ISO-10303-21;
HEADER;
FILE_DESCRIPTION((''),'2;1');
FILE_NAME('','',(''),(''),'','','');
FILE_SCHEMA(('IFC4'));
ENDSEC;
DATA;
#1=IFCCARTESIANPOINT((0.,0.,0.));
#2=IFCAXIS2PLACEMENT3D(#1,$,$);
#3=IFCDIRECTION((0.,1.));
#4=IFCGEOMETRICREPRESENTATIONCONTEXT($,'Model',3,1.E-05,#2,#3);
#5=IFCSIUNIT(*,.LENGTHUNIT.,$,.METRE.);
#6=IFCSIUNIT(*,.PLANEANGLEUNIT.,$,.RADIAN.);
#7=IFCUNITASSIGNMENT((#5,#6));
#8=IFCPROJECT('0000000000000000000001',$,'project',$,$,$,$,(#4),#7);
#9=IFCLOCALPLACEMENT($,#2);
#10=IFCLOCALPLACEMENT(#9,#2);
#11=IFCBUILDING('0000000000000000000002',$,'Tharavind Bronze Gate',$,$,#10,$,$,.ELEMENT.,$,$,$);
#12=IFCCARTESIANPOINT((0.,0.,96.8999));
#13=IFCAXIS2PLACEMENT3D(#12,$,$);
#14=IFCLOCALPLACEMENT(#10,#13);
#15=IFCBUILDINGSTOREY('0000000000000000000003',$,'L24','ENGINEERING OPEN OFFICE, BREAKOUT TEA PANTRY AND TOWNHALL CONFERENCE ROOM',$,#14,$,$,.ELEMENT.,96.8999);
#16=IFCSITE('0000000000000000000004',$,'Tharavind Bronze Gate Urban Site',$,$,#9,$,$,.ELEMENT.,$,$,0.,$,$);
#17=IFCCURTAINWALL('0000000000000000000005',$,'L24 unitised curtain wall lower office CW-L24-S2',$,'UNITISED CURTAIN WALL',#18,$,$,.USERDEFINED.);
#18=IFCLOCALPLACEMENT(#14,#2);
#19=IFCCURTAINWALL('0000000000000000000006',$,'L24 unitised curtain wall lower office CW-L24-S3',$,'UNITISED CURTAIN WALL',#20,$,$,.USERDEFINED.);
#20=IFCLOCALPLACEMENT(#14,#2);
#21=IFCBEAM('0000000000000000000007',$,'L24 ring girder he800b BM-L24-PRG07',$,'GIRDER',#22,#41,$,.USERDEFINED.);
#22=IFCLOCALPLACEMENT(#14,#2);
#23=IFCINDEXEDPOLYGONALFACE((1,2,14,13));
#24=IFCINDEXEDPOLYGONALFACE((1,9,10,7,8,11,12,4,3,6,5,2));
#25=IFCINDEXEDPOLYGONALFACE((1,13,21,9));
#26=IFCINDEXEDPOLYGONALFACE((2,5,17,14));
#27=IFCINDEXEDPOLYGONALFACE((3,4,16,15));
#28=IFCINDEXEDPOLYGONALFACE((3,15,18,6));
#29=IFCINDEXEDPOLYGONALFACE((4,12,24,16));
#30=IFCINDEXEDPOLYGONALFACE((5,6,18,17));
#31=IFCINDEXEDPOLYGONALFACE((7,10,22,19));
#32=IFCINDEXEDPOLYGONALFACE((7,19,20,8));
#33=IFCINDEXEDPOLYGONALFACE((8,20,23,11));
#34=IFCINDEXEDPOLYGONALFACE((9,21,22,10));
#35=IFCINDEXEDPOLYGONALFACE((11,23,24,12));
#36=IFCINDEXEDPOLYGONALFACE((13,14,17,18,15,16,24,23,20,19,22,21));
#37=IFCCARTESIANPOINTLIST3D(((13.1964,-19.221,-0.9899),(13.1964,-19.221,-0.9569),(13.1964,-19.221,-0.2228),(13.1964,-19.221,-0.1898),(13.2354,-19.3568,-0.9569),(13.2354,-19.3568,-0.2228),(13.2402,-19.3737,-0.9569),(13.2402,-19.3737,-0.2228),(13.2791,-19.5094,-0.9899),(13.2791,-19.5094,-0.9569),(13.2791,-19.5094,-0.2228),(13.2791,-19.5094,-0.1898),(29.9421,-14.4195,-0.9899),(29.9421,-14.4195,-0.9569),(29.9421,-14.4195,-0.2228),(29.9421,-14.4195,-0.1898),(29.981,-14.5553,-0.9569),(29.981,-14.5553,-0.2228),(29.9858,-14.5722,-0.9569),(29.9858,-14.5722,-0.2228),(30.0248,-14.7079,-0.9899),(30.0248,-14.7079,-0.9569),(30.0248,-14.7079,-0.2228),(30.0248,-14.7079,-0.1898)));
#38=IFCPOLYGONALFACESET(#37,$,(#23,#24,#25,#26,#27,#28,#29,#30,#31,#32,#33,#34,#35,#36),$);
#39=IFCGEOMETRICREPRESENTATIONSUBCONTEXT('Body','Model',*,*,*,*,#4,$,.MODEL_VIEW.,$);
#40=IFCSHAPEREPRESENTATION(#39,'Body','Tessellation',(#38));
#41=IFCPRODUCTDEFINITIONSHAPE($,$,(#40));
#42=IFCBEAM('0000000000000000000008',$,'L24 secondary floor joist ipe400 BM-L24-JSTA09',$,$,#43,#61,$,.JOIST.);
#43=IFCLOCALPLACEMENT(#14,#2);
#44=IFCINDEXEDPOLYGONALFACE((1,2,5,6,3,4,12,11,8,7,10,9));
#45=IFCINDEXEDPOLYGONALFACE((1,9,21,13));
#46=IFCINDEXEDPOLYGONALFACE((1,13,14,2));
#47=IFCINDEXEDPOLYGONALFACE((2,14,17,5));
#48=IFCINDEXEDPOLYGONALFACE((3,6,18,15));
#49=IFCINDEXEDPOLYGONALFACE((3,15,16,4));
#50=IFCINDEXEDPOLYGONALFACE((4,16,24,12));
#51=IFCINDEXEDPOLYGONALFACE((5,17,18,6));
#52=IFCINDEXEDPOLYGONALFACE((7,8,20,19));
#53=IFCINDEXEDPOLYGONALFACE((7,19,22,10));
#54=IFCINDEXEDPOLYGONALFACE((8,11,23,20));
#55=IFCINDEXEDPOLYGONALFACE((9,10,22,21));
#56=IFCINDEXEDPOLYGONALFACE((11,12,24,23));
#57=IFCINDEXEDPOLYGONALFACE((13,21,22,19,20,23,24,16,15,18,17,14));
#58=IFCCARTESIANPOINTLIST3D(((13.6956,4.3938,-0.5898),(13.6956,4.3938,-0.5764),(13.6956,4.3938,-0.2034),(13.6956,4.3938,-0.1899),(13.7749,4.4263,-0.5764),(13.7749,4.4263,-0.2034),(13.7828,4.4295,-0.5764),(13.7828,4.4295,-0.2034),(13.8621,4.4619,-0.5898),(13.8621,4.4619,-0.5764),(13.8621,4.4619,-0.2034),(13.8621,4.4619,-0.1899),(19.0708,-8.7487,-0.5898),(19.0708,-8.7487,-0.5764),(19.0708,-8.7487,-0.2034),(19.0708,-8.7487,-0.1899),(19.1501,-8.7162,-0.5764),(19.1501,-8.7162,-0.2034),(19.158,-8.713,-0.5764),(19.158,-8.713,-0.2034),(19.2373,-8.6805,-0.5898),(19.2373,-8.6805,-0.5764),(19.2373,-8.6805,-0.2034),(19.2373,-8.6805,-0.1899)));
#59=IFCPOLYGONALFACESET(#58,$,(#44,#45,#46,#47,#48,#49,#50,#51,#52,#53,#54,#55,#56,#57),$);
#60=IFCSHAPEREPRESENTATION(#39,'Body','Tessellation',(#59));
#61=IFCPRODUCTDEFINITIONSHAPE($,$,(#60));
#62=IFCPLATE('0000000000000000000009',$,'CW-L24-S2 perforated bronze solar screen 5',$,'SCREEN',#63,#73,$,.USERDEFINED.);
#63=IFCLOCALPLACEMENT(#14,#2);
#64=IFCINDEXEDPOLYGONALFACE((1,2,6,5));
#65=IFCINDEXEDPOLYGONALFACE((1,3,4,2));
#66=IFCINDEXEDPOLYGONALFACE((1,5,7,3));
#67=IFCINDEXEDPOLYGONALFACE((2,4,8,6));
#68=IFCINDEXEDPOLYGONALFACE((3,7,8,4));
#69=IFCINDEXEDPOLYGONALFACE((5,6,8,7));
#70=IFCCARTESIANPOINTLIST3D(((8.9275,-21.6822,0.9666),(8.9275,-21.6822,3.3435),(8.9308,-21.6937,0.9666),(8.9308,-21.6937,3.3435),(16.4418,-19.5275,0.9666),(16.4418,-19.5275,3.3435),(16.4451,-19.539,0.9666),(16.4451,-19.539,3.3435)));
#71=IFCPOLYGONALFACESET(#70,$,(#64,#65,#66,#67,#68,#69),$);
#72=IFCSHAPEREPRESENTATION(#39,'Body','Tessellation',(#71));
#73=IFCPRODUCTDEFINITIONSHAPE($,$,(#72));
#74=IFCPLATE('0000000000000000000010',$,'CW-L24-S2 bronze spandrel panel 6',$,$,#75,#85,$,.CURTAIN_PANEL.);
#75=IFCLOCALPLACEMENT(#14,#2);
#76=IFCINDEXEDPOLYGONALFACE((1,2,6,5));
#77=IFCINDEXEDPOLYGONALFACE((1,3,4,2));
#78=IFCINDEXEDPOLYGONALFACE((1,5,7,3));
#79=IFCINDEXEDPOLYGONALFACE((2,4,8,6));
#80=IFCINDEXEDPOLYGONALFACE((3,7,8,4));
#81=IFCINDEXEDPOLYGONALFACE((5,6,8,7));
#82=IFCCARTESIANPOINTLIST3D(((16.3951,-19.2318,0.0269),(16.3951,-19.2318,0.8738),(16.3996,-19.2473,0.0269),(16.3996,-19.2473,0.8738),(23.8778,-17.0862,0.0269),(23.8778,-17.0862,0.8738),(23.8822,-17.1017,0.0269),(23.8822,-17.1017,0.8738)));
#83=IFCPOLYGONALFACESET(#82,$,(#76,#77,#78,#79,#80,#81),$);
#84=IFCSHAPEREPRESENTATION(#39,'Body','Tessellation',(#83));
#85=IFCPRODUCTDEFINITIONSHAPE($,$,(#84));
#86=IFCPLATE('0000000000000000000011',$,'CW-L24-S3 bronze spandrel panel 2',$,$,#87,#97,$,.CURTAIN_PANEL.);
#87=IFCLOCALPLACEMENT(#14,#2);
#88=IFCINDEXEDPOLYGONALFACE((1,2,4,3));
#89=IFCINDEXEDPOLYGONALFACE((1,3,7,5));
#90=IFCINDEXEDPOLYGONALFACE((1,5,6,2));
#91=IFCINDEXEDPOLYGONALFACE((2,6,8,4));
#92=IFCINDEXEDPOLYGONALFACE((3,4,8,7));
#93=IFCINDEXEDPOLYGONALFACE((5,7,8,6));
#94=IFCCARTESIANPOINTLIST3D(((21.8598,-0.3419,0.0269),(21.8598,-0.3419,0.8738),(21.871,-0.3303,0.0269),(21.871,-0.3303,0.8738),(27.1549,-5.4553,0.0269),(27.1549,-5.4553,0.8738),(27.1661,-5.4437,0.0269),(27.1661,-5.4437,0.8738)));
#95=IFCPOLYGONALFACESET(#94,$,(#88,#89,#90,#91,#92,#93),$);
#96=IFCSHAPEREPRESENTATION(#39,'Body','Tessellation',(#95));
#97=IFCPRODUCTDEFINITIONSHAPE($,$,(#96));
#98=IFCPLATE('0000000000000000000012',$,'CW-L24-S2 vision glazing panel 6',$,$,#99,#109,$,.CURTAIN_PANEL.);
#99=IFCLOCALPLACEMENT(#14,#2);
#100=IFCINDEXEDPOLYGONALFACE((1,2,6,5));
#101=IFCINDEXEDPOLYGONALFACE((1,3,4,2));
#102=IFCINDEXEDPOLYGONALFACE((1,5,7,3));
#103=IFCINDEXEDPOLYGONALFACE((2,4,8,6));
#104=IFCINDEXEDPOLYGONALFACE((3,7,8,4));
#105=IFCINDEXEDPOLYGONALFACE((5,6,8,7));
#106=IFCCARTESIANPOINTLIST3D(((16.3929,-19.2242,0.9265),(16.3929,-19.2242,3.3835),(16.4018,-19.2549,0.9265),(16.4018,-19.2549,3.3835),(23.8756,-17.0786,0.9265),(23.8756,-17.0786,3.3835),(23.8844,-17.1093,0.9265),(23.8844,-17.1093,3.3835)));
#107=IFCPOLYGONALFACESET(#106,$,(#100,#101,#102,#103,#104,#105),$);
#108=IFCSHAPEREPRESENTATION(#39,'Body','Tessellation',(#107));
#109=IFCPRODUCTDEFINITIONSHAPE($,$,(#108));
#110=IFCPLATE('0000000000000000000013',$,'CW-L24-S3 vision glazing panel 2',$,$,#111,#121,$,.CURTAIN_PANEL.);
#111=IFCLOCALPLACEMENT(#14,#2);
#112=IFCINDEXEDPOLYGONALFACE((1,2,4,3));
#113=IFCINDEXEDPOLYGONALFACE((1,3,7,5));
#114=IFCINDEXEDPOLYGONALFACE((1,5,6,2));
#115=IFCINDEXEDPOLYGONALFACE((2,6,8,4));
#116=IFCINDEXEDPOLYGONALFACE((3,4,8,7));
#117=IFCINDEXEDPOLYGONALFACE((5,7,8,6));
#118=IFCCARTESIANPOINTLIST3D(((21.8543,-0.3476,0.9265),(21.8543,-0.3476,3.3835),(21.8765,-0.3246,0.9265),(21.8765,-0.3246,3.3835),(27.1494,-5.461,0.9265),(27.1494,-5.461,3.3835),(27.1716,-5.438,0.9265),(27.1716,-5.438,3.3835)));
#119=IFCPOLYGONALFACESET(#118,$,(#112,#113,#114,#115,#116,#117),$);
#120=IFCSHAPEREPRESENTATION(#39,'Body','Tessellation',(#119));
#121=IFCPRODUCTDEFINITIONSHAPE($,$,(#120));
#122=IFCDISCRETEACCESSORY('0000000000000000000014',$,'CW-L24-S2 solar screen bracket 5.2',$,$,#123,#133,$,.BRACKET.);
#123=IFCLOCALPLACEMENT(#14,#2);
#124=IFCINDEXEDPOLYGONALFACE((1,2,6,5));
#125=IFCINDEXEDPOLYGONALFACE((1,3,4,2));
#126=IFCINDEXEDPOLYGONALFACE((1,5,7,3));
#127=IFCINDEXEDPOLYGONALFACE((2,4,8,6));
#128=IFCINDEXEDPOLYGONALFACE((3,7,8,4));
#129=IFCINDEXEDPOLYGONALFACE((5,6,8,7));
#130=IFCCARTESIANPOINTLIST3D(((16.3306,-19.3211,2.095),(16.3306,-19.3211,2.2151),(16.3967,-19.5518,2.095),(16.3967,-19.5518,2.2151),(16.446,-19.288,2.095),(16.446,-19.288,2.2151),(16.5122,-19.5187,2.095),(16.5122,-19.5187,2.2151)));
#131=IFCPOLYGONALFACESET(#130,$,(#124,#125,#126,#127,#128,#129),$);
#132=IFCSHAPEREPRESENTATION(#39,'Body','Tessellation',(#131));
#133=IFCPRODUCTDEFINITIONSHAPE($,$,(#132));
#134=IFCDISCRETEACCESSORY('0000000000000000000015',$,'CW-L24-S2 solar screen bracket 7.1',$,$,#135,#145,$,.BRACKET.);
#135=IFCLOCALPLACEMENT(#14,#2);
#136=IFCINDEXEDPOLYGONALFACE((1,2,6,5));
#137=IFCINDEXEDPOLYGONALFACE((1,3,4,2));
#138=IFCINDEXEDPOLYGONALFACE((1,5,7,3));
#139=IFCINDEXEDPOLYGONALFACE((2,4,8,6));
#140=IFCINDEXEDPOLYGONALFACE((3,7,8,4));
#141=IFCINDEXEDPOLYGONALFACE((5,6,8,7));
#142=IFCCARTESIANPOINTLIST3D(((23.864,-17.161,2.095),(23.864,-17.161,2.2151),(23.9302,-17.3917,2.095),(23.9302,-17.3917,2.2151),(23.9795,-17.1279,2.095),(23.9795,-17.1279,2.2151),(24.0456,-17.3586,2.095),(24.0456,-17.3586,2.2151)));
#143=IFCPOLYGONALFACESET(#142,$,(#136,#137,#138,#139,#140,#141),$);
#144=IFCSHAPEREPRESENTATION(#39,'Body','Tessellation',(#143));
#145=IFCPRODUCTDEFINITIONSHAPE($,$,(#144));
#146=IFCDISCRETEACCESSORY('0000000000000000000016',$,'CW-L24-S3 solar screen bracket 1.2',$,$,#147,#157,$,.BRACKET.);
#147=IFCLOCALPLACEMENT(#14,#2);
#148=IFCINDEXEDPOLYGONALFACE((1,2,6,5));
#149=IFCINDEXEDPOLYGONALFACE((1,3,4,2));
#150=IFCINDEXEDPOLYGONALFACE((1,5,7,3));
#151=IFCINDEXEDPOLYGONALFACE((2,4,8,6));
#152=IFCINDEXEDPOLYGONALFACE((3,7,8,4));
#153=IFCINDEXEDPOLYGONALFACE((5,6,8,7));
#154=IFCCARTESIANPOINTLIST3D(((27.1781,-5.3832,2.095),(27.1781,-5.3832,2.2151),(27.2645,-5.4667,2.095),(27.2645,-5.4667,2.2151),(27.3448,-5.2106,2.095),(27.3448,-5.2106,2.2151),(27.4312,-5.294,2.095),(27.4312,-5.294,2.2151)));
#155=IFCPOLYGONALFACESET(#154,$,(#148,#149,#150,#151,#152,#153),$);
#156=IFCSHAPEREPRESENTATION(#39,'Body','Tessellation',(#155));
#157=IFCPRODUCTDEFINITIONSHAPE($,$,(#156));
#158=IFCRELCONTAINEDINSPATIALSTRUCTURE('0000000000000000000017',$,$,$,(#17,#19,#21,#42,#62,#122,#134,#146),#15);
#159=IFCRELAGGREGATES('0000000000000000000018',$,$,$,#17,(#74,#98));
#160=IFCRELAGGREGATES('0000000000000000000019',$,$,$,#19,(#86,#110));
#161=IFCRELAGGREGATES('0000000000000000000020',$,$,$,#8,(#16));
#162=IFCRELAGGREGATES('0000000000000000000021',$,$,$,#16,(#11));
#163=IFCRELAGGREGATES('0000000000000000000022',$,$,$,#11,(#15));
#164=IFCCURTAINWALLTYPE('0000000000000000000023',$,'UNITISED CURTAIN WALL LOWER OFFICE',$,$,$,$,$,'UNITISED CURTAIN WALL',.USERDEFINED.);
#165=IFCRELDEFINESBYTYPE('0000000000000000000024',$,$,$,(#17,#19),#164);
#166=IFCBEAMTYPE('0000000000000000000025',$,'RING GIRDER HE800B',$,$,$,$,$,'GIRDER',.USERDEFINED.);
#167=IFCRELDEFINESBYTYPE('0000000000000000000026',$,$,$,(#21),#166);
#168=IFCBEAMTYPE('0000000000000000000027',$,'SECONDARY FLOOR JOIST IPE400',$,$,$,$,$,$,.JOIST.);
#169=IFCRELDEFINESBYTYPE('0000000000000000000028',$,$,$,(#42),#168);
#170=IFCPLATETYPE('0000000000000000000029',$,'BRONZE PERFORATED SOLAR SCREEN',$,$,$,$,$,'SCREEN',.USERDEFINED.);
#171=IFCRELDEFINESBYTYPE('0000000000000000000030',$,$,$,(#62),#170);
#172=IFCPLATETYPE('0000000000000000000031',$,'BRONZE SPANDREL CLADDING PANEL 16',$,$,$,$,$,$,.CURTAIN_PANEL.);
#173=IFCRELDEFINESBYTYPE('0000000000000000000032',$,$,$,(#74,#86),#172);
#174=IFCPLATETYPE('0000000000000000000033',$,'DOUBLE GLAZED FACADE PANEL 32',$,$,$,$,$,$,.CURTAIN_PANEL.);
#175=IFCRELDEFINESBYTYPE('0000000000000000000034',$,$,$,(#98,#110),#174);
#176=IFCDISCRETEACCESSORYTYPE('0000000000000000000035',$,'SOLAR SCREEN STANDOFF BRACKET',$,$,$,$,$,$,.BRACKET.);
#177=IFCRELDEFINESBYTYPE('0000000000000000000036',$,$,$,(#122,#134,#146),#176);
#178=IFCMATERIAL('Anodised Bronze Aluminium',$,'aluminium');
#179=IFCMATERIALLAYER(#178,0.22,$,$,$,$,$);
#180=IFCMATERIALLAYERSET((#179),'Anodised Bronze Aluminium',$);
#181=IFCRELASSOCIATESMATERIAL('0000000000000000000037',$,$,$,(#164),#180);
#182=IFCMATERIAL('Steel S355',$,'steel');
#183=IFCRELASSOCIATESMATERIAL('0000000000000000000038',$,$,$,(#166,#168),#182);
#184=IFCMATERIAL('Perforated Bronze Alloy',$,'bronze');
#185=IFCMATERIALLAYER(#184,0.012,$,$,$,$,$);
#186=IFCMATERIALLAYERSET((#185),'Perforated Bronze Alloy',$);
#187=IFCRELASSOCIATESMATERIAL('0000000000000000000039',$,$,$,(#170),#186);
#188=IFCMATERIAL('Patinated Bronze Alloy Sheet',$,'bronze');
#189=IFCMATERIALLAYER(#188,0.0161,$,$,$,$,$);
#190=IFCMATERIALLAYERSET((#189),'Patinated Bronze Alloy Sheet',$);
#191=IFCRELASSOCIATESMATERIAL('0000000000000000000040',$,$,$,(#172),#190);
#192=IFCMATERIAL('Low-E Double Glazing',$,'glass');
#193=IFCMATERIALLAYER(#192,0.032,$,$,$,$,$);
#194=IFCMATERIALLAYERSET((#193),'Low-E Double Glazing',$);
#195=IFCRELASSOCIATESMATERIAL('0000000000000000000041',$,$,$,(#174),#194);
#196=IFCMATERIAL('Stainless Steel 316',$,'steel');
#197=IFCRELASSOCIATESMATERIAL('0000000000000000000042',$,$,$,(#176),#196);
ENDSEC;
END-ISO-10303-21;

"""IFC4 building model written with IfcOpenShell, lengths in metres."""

from ifc_helpers import new_model, si_unit, direction, frame, origin, origin_2d, place, context, subcontext, project, spatial, rectangle, i_section, extrude, material, layer, layer_set, material_profile, profile_set, type_object, element, aggregate, save


model = new_model("IFC4")

# Units and contexts
model_context = context("Model", 3, precision=1e-05, world=origin(), true_north=direction((0.0, 1.0)))
body_context = subcontext(model_context, "Body", "Model", "MODEL_VIEW")
ifc_project = project(units=[si_unit("LENGTHUNIT", "METRE"), si_unit("PLANEANGLEUNIT", "RADIAN")], contexts=[model_context])

# Site, building, storey
site_placement = place(None, origin())
site = spatial("IfcSite", under=ifc_project, at=site_placement, Name="Tharavind Bronze Gate Urban Site", CompositionType="ELEMENT", RefElevation=0.0)
building_placement = place(site_placement, origin())
building = spatial("IfcBuilding", under=site, at=building_placement, Name="Tharavind Bronze Gate", CompositionType="ELEMENT")
storey_placement = place(building_placement, frame((0.0, 0.0, 96.8999)))
storey = spatial("IfcBuildingStorey", under=building, at=storey_placement, Name="L24", Description="ENGINEERING OPEN OFFICE, BREAKOUT TEA PANTRY AND TOWNHALL CONFERENCE ROOM", CompositionType="ELEMENT", Elevation=96.8999)

# Curtain wall
ifc_material_1 = material(Name="Anodised Bronze Aluminium", Category="aluminium")
ifc_layer_1 = layer(ifc_material_1, 0.22)
ifc_layer_set_1 = layer_set([ifc_layer_1], Name="Anodised Bronze Aluminium")
curtain_wall_type = type_object("IfcCurtainWallType", Name="UNITISED CURTAIN WALL LOWER OFFICE", ElementType="UNITISED CURTAIN WALL", PredefinedType="USERDEFINED", material=ifc_layer_set_1)
curtain_wall_1_placement = place(storey_placement, origin())
curtain_wall_1 = element("IfcCurtainWall", 1, at=curtain_wall_1_placement, inside=storey, type_object=curtain_wall_type, Name="L24 unitised curtain wall lower office CW-L24-S2", ObjectType="UNITISED CURTAIN WALL", PredefinedType="USERDEFINED")

# Curtain wall
curtain_wall_2_placement = place(storey_placement, origin())
curtain_wall_2 = element("IfcCurtainWall", 2, at=curtain_wall_2_placement, inside=storey, type_object=curtain_wall_type, Name="L24 unitised curtain wall lower office CW-L24-S3", ObjectType="UNITISED CURTAIN WALL", PredefinedType="USERDEFINED")

# Beams
ifc_material_2 = material(Name="Steel S355", Category="steel")
ifc_material_profile_1 = material_profile(ifc_material_2, i_section(OverallWidth=0.3, OverallDepth=0.8, WebThickness=0.0176, FlangeThickness=0.033, at=origin_2d()), Name="HE800B")
ifc_profile_set_1 = profile_set([ifc_material_profile_1], Name="Steel S355")
beam_type_1 = type_object("IfcBeamType", Name="RING GIRDER HE800B", ElementType="GIRDER", PredefinedType="USERDEFINED", material=ifc_profile_set_1)
beam_1_placement = place(storey_placement, frame((13.2378, -19.3652, -0.5898), z_axis=(0.961265, 0.275626, 0.0), x_axis=(-0.275626, 0.961265, 0.0)))
element("IfcBeam", 3, at=beam_1_placement, inside=storey, type_object=beam_type_1, Name="L24 ring girder he800b BM-L24-PRG07", ObjectType="GIRDER", PredefinedType="USERDEFINED", context=body_context, shape_type="SweptSolid", body=[
    extrude(i_section(OverallWidth=0.3, OverallDepth=0.8, WebThickness=0.0176, FlangeThickness=0.033, at=origin_2d()), origin(), (0.0, 0.0, 1.0), 17.4204),
])
ifc_material_profile_2 = material_profile(ifc_material_2, i_section(OverallWidth=0.1799, OverallDepth=0.3999, WebThickness=0.0085, FlangeThickness=0.0134, at=origin_2d()), Name="IPE400")
ifc_profile_set_2 = profile_set([ifc_material_profile_2], Name="Steel S355")
beam_type_2 = type_object("IfcBeamType", Name="SECONDARY FLOOR JOIST IPE400", PredefinedType="JOIST", material=ifc_profile_set_2)
beam_2_placement = place(storey_placement, frame((19.1541, -8.7146, -0.3899), z_axis=(-0.378557, 0.925578, 0.0), x_axis=(-0.925578, -0.378557, 0.0)))
element("IfcBeam", 4, at=beam_2_placement, inside=storey, type_object=beam_type_2, Name="L24 secondary floor joist ipe400 BM-L24-JSTA09", PredefinedType="JOIST", context=body_context, shape_type="SweptSolid", body=[
    extrude(i_section(OverallWidth=0.1799, OverallDepth=0.3999, WebThickness=0.0085, FlangeThickness=0.0134, at=origin_2d()), origin(), (0.0, 0.0, 1.0), 14.1992),
])

# Plates
ifc_material_3 = material(Name="Perforated Bronze Alloy", Category="bronze")
ifc_layer_2 = layer(ifc_material_3, 0.012)
ifc_layer_set_2 = layer_set([ifc_layer_2], Name="Perforated Bronze Alloy")
plate_type_1 = type_object("IfcPlateType", Name="BRONZE PERFORATED SOLAR SCREEN", ElementType="SCREEN", PredefinedType="USERDEFINED", material=ifc_layer_set_2)
plate_1_placement = place(storey_placement, frame((12.6863, -20.6106, 0.9666), z_axis=(0.0, 0.0, 1.0), x_axis=(0.961262, 0.275637, 0.0)))
element("IfcPlate", 5, at=plate_1_placement, inside=storey, type_object=plate_type_1, Name="CW-L24-S2 perforated bronze solar screen 5", ObjectType="SCREEN", PredefinedType="USERDEFINED", context=body_context, shape_type="SweptSolid", body=[
    extrude(rectangle(XDim=7.8171, YDim=0.012, at=origin_2d()), origin(), (0.0, 0.0, 1.0), 2.377),
])
ifc_material_4 = material(Name="Patinated Bronze Alloy Sheet", Category="bronze")
ifc_layer_3 = layer(ifc_material_4, 0.0161)
ifc_layer_set_3 = layer_set([ifc_layer_3], Name="Patinated Bronze Alloy Sheet")
plate_type_2 = type_object("IfcPlateType", Name="BRONZE SPANDREL CLADDING PANEL 16", PredefinedType="CURTAIN_PANEL", material=ifc_layer_set_3)
plate_2_placement = place(storey_placement, frame((20.1387, -18.1667, 0.0269), z_axis=(0.0, 0.0, 1.0), x_axis=(0.961262, 0.275637, 0.0)))
plate_2 = element("IfcPlate", 6, at=plate_2_placement, type_object=plate_type_2, Name="CW-L24-S2 bronze spandrel panel 6", PredefinedType="CURTAIN_PANEL", context=body_context, shape_type="SweptSolid", body=[
    extrude(rectangle(XDim=7.7842, YDim=0.0161, at=origin_2d()), origin(), (0.0, 0.0, 1.0), 0.8469),
])
plate_3_placement = place(storey_placement, frame((24.5129, -2.8928, 0.0269), z_axis=(0.0, 0.0, 1.0), x_axis=(-0.719341, 0.694657, 0.0)))
plate_3 = element("IfcPlate", 7, at=plate_3_placement, type_object=plate_type_2, Name="CW-L24-S3 bronze spandrel panel 2", PredefinedType="CURTAIN_PANEL", context=body_context, shape_type="SweptSolid", body=[
    extrude(rectangle(XDim=7.3611, YDim=0.0161, at=origin_2d()), origin(), (0.0, 0.0, 1.0), 0.8469),
])
ifc_material_5 = material(Name="Low-E Double Glazing", Category="glass")
ifc_layer_4 = layer(ifc_material_5, 0.032)
ifc_layer_set_4 = layer_set([ifc_layer_4], Name="Low-E Double Glazing")
plate_type_3 = type_object("IfcPlateType", Name="DOUBLE GLAZED FACADE PANEL 32", PredefinedType="CURTAIN_PANEL", material=ifc_layer_set_4)
plate_4_placement = place(storey_placement, frame((20.1387, -18.1667, 0.9265), z_axis=(0.0, 0.0, 1.0), x_axis=(0.961262, 0.275637, 0.0)))
plate_4 = element("IfcPlate", 8, at=plate_4_placement, type_object=plate_type_3, Name="CW-L24-S2 vision glazing panel 6", PredefinedType="CURTAIN_PANEL", context=body_context, shape_type="SweptSolid", body=[
    extrude(rectangle(XDim=7.7842, YDim=0.032, at=origin_2d()), origin(), (0.0, 0.0, 1.0), 2.457),
])
aggregate(curtain_wall_1, [plate_2, plate_4])
plate_5_placement = place(storey_placement, frame((24.5129, -2.8928, 0.9265), z_axis=(0.0, 0.0, 1.0), x_axis=(-0.719341, 0.694657, 0.0)))
plate_5 = element("IfcPlate", 9, at=plate_5_placement, type_object=plate_type_3, Name="CW-L24-S3 vision glazing panel 2", PredefinedType="CURTAIN_PANEL", context=body_context, shape_type="SweptSolid", body=[
    extrude(rectangle(XDim=7.3611, YDim=0.032, at=origin_2d()), origin(), (0.0, 0.0, 1.0), 2.457),
])
aggregate(curtain_wall_2, [plate_3, plate_5])

# Discrete accessories
ifc_material_6 = material(Name="Stainless Steel 316", Category="steel")
discrete_accessory_type = type_object("IfcDiscreteAccessoryType", Name="SOLAR SCREEN STANDOFF BRACKET", PredefinedType="BRACKET", material=ifc_material_6)
for number, where, z_axis, x_axis, name in (
    (10, (16.4214, -19.4199, 2.095), (0.0, 0.0, 1.0), (0.961262, 0.275637, 0.0), "CW-L24-S2 solar screen bracket 5.2"),
    (11, (23.9548, -17.2598, 2.095), (0.0, 0.0, 1.0), (0.961262, 0.275637, 0.0), "CW-L24-S2 solar screen bracket 7.1"),
    (12, (27.3047, -5.3386, 2.095), (0.0, 0.0, 1.0), (-0.719341, 0.694657, 0.0), "CW-L24-S3 solar screen bracket 1.2"),
):
    element("IfcDiscreteAccessory", number, at=place(storey_placement, frame(where, z_axis=z_axis, x_axis=x_axis)), inside=storey, type_object=discrete_accessory_type, Name=name, PredefinedType="BRACKET", context=body_context, shape_type="SweptSolid", body=[
        extrude(rectangle(XDim=0.1201, YDim=0.24, at=origin_2d()), origin(), (0.0, 0.0, 1.0), 0.1201),
    ])

save(model, "model.ifc")
